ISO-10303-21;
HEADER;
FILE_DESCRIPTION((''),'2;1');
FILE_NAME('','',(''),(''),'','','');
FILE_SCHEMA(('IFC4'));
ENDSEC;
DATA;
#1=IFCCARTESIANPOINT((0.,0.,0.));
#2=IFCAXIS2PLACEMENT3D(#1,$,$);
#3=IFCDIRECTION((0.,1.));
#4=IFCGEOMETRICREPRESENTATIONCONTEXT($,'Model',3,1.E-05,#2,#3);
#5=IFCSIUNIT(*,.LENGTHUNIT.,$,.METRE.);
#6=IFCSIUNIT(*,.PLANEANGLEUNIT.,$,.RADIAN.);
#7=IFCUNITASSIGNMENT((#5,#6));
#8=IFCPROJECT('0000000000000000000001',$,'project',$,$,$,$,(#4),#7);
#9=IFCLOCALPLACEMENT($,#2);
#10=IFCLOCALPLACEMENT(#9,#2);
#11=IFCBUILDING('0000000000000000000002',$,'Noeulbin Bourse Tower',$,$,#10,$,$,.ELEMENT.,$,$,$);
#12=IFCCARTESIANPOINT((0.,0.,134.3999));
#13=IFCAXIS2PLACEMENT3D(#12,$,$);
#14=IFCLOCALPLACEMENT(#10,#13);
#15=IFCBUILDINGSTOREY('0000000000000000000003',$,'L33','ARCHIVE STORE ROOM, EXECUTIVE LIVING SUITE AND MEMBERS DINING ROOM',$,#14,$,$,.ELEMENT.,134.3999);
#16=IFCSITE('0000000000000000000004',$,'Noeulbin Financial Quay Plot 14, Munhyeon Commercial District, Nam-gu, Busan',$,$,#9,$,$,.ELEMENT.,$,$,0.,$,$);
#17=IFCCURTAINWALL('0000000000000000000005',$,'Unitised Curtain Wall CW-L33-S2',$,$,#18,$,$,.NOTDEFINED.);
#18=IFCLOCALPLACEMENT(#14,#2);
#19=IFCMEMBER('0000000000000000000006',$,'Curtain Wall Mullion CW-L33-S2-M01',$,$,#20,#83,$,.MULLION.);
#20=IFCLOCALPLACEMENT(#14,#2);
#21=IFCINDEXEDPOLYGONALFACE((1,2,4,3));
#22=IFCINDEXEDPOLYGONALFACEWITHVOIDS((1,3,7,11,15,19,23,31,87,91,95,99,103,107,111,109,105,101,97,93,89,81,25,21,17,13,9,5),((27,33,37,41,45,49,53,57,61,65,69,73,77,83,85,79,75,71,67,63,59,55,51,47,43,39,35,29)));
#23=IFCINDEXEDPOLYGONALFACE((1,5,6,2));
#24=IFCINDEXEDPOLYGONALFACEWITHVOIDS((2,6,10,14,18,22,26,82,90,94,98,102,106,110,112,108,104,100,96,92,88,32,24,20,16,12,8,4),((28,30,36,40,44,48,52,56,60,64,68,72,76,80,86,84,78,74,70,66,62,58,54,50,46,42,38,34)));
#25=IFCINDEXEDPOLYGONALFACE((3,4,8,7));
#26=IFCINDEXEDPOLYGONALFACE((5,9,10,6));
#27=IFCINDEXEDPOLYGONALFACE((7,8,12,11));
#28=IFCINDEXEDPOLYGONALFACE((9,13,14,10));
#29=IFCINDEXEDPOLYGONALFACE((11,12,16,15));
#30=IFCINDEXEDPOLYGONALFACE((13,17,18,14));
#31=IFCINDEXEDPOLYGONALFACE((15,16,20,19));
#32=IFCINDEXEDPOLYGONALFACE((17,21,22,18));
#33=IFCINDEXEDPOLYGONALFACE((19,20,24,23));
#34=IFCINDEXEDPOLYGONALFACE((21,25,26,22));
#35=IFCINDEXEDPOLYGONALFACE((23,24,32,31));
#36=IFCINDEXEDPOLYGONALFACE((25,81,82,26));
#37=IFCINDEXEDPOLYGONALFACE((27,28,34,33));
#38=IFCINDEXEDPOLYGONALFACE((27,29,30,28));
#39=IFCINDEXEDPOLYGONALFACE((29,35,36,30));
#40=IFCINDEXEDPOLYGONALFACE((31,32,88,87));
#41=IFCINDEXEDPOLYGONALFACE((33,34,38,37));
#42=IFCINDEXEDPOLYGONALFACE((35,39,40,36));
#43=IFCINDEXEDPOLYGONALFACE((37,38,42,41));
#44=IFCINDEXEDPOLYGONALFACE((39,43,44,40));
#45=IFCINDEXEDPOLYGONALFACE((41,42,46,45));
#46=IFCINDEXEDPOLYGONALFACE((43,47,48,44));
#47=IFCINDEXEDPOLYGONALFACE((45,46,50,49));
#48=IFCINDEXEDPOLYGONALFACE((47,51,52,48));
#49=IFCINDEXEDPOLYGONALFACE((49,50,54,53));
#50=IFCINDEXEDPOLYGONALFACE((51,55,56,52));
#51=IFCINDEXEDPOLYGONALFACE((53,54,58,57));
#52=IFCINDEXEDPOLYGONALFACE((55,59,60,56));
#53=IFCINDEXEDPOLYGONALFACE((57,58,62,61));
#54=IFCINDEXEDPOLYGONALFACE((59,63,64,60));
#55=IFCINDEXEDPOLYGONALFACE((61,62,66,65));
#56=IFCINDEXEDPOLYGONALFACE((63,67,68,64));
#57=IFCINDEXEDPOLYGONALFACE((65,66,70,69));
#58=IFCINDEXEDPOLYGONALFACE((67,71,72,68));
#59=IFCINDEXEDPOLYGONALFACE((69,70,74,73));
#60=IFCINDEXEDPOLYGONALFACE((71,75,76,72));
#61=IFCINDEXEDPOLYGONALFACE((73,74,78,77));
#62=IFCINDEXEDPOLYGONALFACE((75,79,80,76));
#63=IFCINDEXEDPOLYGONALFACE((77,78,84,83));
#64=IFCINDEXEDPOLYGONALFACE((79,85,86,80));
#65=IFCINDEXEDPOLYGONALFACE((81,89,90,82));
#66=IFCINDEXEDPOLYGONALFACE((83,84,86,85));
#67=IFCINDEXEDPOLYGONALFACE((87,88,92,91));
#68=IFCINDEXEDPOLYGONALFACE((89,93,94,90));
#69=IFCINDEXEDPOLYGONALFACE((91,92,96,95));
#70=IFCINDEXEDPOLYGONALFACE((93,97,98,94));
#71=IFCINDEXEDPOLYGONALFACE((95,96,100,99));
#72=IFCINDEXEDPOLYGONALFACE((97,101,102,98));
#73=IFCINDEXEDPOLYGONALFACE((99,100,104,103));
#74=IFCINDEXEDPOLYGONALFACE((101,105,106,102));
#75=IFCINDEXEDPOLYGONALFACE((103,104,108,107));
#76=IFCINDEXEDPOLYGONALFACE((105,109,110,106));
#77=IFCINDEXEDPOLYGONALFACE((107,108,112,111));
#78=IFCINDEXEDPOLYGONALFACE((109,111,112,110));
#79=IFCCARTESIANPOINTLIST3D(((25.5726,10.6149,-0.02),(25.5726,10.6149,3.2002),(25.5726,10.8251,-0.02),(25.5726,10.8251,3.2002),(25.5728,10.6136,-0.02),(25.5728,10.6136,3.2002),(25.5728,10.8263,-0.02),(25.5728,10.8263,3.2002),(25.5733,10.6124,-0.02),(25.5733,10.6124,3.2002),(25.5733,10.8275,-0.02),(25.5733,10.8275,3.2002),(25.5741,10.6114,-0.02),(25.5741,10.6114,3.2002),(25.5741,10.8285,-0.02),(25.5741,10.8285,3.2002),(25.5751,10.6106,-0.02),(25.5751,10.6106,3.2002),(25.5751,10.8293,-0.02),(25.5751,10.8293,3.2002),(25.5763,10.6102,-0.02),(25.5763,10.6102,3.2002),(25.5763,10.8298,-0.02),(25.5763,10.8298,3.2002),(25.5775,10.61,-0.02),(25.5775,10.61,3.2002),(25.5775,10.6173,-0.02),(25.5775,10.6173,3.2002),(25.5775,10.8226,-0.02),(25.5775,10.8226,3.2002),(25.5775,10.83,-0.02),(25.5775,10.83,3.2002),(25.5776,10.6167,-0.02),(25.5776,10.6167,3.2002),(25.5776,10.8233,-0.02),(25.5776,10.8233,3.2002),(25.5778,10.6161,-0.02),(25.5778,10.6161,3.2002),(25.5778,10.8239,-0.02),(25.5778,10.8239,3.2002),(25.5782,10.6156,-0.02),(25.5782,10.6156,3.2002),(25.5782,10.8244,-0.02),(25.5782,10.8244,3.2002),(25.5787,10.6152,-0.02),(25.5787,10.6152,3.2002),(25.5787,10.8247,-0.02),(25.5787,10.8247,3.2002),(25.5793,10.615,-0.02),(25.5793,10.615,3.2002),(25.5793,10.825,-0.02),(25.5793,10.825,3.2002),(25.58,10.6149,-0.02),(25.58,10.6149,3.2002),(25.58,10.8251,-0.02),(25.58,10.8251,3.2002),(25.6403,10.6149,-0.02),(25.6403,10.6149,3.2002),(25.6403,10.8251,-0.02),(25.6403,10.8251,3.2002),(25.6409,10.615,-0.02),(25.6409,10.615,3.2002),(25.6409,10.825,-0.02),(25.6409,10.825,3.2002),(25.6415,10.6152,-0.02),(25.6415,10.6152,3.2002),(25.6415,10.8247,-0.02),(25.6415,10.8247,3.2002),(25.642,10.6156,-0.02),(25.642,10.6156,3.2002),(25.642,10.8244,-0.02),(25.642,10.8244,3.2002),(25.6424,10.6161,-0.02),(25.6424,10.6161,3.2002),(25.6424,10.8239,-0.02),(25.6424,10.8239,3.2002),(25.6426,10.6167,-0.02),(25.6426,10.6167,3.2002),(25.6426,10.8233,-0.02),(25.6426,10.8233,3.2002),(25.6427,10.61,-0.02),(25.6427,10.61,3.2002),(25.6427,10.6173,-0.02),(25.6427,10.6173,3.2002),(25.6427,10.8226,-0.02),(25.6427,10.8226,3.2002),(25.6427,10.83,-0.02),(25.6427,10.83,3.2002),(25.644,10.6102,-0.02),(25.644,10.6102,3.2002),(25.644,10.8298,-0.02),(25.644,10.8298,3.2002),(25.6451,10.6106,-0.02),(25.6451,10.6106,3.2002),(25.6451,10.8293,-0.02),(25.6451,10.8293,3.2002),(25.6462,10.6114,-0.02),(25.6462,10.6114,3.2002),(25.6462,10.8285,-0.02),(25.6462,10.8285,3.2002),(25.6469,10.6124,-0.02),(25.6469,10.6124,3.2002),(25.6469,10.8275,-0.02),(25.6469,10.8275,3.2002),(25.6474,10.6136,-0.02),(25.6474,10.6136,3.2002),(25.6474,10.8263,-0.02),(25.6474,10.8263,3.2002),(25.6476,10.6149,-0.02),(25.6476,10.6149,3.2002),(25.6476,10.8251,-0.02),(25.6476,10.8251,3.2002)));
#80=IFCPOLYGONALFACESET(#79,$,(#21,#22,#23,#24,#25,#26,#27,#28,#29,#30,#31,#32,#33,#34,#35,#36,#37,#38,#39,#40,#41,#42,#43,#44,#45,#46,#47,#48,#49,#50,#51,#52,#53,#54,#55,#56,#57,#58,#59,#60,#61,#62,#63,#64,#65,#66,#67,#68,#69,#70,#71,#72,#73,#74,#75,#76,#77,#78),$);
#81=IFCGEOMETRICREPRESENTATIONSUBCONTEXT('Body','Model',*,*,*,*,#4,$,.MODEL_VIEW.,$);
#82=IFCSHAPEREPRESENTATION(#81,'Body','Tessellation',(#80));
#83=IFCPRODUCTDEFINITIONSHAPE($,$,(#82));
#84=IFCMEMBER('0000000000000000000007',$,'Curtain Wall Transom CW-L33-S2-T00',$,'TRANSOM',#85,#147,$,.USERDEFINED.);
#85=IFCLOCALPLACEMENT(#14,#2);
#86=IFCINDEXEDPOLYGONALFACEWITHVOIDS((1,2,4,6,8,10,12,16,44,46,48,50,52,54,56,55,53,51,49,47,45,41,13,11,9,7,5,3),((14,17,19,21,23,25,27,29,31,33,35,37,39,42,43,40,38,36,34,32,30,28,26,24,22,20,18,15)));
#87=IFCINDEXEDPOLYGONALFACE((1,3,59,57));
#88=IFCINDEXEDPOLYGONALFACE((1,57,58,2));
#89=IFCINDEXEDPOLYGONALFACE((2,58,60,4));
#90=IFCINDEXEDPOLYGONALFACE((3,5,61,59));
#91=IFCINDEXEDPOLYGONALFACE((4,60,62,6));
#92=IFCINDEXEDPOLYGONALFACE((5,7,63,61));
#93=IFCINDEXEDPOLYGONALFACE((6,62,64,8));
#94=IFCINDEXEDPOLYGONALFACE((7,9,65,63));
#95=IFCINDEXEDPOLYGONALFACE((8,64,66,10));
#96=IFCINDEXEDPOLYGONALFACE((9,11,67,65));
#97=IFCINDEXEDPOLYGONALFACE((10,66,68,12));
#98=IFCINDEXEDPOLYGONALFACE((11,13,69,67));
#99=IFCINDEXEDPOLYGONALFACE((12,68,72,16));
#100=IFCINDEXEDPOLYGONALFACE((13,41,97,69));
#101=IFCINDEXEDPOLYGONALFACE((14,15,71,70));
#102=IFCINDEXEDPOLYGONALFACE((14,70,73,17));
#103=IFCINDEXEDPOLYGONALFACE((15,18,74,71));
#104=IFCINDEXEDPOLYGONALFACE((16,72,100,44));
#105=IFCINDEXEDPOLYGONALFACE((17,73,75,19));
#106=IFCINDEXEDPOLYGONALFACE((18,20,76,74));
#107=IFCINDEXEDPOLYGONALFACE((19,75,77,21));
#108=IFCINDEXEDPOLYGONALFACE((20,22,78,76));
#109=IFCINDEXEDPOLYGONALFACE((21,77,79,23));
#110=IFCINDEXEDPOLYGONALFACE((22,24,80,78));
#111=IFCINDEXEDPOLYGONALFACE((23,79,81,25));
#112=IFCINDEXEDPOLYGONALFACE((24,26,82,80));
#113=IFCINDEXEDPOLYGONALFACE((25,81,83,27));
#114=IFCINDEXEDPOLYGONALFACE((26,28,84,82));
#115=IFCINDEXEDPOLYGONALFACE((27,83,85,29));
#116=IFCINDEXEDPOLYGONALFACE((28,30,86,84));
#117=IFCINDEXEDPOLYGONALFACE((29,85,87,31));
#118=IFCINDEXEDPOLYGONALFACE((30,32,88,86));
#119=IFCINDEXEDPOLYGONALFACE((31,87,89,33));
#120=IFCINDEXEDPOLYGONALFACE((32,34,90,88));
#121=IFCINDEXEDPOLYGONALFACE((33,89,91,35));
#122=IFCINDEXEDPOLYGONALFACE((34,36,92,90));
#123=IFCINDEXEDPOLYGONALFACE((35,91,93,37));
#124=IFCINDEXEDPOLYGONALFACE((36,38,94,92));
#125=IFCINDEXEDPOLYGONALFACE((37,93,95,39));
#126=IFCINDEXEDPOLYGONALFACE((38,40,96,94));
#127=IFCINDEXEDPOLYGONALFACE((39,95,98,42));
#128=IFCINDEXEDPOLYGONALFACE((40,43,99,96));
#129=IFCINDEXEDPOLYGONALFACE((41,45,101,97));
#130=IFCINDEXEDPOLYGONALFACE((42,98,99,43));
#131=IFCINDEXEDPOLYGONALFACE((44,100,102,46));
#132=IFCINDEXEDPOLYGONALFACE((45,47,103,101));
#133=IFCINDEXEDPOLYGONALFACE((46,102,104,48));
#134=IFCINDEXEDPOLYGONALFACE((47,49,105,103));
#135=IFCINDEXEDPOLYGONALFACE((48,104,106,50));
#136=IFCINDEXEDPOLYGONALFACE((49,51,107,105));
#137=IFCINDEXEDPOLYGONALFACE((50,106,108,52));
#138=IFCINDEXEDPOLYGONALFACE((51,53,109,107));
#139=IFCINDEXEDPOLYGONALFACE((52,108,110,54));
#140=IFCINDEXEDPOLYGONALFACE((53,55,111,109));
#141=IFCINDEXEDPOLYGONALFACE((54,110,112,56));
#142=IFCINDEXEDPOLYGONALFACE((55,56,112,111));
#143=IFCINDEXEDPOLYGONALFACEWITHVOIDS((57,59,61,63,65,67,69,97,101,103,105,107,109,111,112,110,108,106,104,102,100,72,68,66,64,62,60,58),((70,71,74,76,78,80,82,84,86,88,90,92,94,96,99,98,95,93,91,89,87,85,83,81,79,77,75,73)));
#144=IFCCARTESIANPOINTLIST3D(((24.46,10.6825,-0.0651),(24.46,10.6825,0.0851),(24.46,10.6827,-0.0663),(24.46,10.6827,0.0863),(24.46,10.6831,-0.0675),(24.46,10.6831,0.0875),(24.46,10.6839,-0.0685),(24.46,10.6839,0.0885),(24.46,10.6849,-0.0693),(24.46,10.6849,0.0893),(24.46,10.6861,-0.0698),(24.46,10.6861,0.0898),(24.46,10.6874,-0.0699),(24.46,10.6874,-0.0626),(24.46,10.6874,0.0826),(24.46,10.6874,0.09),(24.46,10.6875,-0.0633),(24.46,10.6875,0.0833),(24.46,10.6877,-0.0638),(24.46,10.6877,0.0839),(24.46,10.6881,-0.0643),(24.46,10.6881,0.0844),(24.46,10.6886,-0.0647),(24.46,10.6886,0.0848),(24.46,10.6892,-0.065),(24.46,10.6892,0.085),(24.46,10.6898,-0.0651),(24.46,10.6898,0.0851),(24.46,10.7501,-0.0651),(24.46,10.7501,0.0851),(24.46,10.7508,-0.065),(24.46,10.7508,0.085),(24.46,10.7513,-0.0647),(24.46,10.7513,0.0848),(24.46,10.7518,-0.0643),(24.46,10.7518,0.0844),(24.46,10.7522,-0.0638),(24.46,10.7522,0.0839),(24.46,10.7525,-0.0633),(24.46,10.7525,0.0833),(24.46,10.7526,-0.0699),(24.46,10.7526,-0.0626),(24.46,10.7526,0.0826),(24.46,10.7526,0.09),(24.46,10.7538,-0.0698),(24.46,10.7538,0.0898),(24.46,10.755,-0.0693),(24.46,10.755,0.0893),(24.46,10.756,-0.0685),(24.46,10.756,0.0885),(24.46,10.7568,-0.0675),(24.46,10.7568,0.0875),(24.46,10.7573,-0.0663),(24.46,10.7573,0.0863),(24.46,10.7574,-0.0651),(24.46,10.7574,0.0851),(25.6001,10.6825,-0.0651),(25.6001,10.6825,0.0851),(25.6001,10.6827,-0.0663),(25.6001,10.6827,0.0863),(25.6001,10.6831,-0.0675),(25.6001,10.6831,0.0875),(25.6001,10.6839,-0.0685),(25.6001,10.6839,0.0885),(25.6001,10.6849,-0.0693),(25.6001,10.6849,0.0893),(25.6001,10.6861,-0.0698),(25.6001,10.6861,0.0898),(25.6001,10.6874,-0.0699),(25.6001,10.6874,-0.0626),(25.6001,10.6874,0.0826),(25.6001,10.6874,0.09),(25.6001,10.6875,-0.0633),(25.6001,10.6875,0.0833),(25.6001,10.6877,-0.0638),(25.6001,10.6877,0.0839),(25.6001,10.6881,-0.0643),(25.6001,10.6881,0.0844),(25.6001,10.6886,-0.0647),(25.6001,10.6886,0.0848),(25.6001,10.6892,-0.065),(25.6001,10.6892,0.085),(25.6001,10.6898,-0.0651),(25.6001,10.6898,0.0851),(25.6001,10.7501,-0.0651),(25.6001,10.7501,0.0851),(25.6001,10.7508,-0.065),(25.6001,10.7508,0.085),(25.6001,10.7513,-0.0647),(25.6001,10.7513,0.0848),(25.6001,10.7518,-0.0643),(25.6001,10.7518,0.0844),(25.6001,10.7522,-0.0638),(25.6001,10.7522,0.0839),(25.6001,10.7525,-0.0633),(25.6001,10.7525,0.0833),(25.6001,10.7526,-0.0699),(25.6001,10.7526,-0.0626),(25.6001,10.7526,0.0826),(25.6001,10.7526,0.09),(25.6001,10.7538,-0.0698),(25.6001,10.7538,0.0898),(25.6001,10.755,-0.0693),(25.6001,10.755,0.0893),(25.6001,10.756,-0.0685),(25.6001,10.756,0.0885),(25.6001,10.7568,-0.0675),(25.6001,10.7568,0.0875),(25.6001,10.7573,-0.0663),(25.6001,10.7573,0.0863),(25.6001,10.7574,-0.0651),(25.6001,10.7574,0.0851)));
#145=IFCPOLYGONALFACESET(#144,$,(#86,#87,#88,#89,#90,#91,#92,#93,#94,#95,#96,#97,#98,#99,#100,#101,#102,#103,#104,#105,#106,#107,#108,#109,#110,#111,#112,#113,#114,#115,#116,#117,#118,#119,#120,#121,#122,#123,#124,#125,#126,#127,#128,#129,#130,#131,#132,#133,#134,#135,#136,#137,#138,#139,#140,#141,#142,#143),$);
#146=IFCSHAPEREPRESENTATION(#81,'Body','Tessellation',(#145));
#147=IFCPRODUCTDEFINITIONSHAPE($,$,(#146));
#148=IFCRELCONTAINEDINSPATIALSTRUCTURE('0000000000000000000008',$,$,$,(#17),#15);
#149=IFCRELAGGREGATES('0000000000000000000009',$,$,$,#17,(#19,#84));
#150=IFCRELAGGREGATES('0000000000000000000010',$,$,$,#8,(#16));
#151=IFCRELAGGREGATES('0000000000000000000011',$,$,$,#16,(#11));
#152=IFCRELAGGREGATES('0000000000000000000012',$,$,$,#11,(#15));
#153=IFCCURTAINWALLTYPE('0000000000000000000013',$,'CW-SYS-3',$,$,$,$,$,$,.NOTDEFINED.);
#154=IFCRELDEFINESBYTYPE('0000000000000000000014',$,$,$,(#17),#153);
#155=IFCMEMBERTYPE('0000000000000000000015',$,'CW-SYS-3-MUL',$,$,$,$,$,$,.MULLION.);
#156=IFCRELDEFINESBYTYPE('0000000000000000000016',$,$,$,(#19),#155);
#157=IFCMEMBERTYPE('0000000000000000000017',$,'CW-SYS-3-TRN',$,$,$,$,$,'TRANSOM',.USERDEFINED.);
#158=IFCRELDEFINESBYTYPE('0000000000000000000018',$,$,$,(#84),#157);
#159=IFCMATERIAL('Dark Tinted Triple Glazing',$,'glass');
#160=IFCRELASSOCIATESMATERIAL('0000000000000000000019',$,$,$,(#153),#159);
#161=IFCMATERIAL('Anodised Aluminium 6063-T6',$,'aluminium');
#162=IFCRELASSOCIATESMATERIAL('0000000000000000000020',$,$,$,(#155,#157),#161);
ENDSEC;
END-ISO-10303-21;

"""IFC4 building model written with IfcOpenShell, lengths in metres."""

from ifc_helpers import new_model, si_unit, direction, frame, origin, origin_2d, place, context, subcontext, project, spatial, hollow_rectangle, extrude, material, material_profile, profile_set, type_object, element, aggregate, save


model = new_model("IFC4")

# Units and contexts
model_context = context("Model", 3, precision=1e-05, world=origin(), true_north=direction((0.0, 1.0)))
body_context = subcontext(model_context, "Body", "Model", "MODEL_VIEW")
ifc_project = project(units=[si_unit("LENGTHUNIT", "METRE"), si_unit("PLANEANGLEUNIT", "RADIAN")], contexts=[model_context])

# Site, building, storey
site_placement = place(None, origin())
site = spatial("IfcSite", under=ifc_project, at=site_placement, Name="Noeulbin Financial Quay Plot 14, Munhyeon Commercial District, Nam-gu, Busan", CompositionType="ELEMENT", RefElevation=0.0)
building_placement = place(site_placement, origin())
building = spatial("IfcBuilding", under=site, at=building_placement, Name="Noeulbin Bourse Tower", CompositionType="ELEMENT")
storey_placement = place(building_placement, frame((0.0, 0.0, 134.3999)))
storey = spatial("IfcBuildingStorey", under=building, at=storey_placement, Name="L33", Description="ARCHIVE STORE ROOM, EXECUTIVE LIVING SUITE AND MEMBERS DINING ROOM", CompositionType="ELEMENT", Elevation=134.3999)

# Shared definitions
ifc_material_1 = material(Name="Dark Tinted Triple Glazing", Category="glass")
curtain_wall_type = type_object("IfcCurtainWallType", Name="CW-SYS-3", PredefinedType="NOTDEFINED", material=ifc_material_1)
ifc_material_2 = material(Name="Anodised Aluminium 6063-T6", Category="aluminium")
ifc_material_profile_1 = material_profile(ifc_material_2, hollow_rectangle(XDim=0.075, YDim=0.22, WallThickness=0.0049, InnerFilletRadius=0.0024, OuterFilletRadius=0.0049, at=origin_2d()), Name="ALU-MULL-75x220x5", Category="LoadBearing")
ifc_profile_set_1 = profile_set([ifc_material_profile_1], Name="Anodised Aluminium 6063-T6")
member_type_1 = type_object("IfcMemberType", Name="CW-SYS-3-MUL", PredefinedType="MULLION", material=ifc_profile_set_1)

# Curtain wall, members
curtain_wall_1_placement = place(storey_placement, origin())
curtain_wall_1 = element("IfcCurtainWall", 1, at=curtain_wall_1_placement, inside=storey, type_object=curtain_wall_type, Name="Unitised Curtain Wall CW-L33-S2", PredefinedType="NOTDEFINED")
member_1_placement = place(storey_placement, frame((25.6101, 10.72, -0.02), z_axis=(0.0, 0.0, 1.0), x_axis=(1.0, 0.0, 0.0)))
member_1 = element("IfcMember", 2, at=member_1_placement, type_object=member_type_1, Name="Curtain Wall Mullion CW-L33-S2-M01", PredefinedType="MULLION", context=body_context, shape_type="SweptSolid", body=[
    extrude(hollow_rectangle(XDim=0.075, YDim=0.22, WallThickness=0.0049, InnerFilletRadius=0.0024, OuterFilletRadius=0.0049, at=origin_2d()), origin(), (0.0, 0.0, 1.0), 3.2202),
])
ifc_material_profile_2 = material_profile(ifc_material_2, hollow_rectangle(XDim=0.075, YDim=0.1599, WallThickness=0.0049, InnerFilletRadius=0.0024, OuterFilletRadius=0.0049, at=origin_2d()), Name="ALU-TRAN-75x160x5", Category="LoadBearing")
ifc_profile_set_2 = profile_set([ifc_material_profile_2], Name="Anodised Aluminium 6063-T6")
member_type_2 = type_object("IfcMemberType", Name="CW-SYS-3-TRN", ElementType="TRANSOM", PredefinedType="USERDEFINED", material=ifc_profile_set_2)
member_2_placement = place(storey_placement, frame((24.46, 10.72, 0.01), z_axis=(1.0, 0.0, 0.0), x_axis=(0.0, 1.0, 0.0)))
member_2 = element("IfcMember", 3, at=member_2_placement, type_object=member_type_2, Name="Curtain Wall Transom CW-L33-S2-T00", ObjectType="TRANSOM", PredefinedType="USERDEFINED", context=body_context, shape_type="SweptSolid", body=[
    extrude(hollow_rectangle(XDim=0.075, YDim=0.1599, WallThickness=0.0049, InnerFilletRadius=0.0024, OuterFilletRadius=0.0049, at=origin_2d()), origin(), (0.0, 0.0, 1.0), 1.1401),
])

aggregate(curtain_wall_1, [member_1, member_2])

save(model, "model.ifc")
